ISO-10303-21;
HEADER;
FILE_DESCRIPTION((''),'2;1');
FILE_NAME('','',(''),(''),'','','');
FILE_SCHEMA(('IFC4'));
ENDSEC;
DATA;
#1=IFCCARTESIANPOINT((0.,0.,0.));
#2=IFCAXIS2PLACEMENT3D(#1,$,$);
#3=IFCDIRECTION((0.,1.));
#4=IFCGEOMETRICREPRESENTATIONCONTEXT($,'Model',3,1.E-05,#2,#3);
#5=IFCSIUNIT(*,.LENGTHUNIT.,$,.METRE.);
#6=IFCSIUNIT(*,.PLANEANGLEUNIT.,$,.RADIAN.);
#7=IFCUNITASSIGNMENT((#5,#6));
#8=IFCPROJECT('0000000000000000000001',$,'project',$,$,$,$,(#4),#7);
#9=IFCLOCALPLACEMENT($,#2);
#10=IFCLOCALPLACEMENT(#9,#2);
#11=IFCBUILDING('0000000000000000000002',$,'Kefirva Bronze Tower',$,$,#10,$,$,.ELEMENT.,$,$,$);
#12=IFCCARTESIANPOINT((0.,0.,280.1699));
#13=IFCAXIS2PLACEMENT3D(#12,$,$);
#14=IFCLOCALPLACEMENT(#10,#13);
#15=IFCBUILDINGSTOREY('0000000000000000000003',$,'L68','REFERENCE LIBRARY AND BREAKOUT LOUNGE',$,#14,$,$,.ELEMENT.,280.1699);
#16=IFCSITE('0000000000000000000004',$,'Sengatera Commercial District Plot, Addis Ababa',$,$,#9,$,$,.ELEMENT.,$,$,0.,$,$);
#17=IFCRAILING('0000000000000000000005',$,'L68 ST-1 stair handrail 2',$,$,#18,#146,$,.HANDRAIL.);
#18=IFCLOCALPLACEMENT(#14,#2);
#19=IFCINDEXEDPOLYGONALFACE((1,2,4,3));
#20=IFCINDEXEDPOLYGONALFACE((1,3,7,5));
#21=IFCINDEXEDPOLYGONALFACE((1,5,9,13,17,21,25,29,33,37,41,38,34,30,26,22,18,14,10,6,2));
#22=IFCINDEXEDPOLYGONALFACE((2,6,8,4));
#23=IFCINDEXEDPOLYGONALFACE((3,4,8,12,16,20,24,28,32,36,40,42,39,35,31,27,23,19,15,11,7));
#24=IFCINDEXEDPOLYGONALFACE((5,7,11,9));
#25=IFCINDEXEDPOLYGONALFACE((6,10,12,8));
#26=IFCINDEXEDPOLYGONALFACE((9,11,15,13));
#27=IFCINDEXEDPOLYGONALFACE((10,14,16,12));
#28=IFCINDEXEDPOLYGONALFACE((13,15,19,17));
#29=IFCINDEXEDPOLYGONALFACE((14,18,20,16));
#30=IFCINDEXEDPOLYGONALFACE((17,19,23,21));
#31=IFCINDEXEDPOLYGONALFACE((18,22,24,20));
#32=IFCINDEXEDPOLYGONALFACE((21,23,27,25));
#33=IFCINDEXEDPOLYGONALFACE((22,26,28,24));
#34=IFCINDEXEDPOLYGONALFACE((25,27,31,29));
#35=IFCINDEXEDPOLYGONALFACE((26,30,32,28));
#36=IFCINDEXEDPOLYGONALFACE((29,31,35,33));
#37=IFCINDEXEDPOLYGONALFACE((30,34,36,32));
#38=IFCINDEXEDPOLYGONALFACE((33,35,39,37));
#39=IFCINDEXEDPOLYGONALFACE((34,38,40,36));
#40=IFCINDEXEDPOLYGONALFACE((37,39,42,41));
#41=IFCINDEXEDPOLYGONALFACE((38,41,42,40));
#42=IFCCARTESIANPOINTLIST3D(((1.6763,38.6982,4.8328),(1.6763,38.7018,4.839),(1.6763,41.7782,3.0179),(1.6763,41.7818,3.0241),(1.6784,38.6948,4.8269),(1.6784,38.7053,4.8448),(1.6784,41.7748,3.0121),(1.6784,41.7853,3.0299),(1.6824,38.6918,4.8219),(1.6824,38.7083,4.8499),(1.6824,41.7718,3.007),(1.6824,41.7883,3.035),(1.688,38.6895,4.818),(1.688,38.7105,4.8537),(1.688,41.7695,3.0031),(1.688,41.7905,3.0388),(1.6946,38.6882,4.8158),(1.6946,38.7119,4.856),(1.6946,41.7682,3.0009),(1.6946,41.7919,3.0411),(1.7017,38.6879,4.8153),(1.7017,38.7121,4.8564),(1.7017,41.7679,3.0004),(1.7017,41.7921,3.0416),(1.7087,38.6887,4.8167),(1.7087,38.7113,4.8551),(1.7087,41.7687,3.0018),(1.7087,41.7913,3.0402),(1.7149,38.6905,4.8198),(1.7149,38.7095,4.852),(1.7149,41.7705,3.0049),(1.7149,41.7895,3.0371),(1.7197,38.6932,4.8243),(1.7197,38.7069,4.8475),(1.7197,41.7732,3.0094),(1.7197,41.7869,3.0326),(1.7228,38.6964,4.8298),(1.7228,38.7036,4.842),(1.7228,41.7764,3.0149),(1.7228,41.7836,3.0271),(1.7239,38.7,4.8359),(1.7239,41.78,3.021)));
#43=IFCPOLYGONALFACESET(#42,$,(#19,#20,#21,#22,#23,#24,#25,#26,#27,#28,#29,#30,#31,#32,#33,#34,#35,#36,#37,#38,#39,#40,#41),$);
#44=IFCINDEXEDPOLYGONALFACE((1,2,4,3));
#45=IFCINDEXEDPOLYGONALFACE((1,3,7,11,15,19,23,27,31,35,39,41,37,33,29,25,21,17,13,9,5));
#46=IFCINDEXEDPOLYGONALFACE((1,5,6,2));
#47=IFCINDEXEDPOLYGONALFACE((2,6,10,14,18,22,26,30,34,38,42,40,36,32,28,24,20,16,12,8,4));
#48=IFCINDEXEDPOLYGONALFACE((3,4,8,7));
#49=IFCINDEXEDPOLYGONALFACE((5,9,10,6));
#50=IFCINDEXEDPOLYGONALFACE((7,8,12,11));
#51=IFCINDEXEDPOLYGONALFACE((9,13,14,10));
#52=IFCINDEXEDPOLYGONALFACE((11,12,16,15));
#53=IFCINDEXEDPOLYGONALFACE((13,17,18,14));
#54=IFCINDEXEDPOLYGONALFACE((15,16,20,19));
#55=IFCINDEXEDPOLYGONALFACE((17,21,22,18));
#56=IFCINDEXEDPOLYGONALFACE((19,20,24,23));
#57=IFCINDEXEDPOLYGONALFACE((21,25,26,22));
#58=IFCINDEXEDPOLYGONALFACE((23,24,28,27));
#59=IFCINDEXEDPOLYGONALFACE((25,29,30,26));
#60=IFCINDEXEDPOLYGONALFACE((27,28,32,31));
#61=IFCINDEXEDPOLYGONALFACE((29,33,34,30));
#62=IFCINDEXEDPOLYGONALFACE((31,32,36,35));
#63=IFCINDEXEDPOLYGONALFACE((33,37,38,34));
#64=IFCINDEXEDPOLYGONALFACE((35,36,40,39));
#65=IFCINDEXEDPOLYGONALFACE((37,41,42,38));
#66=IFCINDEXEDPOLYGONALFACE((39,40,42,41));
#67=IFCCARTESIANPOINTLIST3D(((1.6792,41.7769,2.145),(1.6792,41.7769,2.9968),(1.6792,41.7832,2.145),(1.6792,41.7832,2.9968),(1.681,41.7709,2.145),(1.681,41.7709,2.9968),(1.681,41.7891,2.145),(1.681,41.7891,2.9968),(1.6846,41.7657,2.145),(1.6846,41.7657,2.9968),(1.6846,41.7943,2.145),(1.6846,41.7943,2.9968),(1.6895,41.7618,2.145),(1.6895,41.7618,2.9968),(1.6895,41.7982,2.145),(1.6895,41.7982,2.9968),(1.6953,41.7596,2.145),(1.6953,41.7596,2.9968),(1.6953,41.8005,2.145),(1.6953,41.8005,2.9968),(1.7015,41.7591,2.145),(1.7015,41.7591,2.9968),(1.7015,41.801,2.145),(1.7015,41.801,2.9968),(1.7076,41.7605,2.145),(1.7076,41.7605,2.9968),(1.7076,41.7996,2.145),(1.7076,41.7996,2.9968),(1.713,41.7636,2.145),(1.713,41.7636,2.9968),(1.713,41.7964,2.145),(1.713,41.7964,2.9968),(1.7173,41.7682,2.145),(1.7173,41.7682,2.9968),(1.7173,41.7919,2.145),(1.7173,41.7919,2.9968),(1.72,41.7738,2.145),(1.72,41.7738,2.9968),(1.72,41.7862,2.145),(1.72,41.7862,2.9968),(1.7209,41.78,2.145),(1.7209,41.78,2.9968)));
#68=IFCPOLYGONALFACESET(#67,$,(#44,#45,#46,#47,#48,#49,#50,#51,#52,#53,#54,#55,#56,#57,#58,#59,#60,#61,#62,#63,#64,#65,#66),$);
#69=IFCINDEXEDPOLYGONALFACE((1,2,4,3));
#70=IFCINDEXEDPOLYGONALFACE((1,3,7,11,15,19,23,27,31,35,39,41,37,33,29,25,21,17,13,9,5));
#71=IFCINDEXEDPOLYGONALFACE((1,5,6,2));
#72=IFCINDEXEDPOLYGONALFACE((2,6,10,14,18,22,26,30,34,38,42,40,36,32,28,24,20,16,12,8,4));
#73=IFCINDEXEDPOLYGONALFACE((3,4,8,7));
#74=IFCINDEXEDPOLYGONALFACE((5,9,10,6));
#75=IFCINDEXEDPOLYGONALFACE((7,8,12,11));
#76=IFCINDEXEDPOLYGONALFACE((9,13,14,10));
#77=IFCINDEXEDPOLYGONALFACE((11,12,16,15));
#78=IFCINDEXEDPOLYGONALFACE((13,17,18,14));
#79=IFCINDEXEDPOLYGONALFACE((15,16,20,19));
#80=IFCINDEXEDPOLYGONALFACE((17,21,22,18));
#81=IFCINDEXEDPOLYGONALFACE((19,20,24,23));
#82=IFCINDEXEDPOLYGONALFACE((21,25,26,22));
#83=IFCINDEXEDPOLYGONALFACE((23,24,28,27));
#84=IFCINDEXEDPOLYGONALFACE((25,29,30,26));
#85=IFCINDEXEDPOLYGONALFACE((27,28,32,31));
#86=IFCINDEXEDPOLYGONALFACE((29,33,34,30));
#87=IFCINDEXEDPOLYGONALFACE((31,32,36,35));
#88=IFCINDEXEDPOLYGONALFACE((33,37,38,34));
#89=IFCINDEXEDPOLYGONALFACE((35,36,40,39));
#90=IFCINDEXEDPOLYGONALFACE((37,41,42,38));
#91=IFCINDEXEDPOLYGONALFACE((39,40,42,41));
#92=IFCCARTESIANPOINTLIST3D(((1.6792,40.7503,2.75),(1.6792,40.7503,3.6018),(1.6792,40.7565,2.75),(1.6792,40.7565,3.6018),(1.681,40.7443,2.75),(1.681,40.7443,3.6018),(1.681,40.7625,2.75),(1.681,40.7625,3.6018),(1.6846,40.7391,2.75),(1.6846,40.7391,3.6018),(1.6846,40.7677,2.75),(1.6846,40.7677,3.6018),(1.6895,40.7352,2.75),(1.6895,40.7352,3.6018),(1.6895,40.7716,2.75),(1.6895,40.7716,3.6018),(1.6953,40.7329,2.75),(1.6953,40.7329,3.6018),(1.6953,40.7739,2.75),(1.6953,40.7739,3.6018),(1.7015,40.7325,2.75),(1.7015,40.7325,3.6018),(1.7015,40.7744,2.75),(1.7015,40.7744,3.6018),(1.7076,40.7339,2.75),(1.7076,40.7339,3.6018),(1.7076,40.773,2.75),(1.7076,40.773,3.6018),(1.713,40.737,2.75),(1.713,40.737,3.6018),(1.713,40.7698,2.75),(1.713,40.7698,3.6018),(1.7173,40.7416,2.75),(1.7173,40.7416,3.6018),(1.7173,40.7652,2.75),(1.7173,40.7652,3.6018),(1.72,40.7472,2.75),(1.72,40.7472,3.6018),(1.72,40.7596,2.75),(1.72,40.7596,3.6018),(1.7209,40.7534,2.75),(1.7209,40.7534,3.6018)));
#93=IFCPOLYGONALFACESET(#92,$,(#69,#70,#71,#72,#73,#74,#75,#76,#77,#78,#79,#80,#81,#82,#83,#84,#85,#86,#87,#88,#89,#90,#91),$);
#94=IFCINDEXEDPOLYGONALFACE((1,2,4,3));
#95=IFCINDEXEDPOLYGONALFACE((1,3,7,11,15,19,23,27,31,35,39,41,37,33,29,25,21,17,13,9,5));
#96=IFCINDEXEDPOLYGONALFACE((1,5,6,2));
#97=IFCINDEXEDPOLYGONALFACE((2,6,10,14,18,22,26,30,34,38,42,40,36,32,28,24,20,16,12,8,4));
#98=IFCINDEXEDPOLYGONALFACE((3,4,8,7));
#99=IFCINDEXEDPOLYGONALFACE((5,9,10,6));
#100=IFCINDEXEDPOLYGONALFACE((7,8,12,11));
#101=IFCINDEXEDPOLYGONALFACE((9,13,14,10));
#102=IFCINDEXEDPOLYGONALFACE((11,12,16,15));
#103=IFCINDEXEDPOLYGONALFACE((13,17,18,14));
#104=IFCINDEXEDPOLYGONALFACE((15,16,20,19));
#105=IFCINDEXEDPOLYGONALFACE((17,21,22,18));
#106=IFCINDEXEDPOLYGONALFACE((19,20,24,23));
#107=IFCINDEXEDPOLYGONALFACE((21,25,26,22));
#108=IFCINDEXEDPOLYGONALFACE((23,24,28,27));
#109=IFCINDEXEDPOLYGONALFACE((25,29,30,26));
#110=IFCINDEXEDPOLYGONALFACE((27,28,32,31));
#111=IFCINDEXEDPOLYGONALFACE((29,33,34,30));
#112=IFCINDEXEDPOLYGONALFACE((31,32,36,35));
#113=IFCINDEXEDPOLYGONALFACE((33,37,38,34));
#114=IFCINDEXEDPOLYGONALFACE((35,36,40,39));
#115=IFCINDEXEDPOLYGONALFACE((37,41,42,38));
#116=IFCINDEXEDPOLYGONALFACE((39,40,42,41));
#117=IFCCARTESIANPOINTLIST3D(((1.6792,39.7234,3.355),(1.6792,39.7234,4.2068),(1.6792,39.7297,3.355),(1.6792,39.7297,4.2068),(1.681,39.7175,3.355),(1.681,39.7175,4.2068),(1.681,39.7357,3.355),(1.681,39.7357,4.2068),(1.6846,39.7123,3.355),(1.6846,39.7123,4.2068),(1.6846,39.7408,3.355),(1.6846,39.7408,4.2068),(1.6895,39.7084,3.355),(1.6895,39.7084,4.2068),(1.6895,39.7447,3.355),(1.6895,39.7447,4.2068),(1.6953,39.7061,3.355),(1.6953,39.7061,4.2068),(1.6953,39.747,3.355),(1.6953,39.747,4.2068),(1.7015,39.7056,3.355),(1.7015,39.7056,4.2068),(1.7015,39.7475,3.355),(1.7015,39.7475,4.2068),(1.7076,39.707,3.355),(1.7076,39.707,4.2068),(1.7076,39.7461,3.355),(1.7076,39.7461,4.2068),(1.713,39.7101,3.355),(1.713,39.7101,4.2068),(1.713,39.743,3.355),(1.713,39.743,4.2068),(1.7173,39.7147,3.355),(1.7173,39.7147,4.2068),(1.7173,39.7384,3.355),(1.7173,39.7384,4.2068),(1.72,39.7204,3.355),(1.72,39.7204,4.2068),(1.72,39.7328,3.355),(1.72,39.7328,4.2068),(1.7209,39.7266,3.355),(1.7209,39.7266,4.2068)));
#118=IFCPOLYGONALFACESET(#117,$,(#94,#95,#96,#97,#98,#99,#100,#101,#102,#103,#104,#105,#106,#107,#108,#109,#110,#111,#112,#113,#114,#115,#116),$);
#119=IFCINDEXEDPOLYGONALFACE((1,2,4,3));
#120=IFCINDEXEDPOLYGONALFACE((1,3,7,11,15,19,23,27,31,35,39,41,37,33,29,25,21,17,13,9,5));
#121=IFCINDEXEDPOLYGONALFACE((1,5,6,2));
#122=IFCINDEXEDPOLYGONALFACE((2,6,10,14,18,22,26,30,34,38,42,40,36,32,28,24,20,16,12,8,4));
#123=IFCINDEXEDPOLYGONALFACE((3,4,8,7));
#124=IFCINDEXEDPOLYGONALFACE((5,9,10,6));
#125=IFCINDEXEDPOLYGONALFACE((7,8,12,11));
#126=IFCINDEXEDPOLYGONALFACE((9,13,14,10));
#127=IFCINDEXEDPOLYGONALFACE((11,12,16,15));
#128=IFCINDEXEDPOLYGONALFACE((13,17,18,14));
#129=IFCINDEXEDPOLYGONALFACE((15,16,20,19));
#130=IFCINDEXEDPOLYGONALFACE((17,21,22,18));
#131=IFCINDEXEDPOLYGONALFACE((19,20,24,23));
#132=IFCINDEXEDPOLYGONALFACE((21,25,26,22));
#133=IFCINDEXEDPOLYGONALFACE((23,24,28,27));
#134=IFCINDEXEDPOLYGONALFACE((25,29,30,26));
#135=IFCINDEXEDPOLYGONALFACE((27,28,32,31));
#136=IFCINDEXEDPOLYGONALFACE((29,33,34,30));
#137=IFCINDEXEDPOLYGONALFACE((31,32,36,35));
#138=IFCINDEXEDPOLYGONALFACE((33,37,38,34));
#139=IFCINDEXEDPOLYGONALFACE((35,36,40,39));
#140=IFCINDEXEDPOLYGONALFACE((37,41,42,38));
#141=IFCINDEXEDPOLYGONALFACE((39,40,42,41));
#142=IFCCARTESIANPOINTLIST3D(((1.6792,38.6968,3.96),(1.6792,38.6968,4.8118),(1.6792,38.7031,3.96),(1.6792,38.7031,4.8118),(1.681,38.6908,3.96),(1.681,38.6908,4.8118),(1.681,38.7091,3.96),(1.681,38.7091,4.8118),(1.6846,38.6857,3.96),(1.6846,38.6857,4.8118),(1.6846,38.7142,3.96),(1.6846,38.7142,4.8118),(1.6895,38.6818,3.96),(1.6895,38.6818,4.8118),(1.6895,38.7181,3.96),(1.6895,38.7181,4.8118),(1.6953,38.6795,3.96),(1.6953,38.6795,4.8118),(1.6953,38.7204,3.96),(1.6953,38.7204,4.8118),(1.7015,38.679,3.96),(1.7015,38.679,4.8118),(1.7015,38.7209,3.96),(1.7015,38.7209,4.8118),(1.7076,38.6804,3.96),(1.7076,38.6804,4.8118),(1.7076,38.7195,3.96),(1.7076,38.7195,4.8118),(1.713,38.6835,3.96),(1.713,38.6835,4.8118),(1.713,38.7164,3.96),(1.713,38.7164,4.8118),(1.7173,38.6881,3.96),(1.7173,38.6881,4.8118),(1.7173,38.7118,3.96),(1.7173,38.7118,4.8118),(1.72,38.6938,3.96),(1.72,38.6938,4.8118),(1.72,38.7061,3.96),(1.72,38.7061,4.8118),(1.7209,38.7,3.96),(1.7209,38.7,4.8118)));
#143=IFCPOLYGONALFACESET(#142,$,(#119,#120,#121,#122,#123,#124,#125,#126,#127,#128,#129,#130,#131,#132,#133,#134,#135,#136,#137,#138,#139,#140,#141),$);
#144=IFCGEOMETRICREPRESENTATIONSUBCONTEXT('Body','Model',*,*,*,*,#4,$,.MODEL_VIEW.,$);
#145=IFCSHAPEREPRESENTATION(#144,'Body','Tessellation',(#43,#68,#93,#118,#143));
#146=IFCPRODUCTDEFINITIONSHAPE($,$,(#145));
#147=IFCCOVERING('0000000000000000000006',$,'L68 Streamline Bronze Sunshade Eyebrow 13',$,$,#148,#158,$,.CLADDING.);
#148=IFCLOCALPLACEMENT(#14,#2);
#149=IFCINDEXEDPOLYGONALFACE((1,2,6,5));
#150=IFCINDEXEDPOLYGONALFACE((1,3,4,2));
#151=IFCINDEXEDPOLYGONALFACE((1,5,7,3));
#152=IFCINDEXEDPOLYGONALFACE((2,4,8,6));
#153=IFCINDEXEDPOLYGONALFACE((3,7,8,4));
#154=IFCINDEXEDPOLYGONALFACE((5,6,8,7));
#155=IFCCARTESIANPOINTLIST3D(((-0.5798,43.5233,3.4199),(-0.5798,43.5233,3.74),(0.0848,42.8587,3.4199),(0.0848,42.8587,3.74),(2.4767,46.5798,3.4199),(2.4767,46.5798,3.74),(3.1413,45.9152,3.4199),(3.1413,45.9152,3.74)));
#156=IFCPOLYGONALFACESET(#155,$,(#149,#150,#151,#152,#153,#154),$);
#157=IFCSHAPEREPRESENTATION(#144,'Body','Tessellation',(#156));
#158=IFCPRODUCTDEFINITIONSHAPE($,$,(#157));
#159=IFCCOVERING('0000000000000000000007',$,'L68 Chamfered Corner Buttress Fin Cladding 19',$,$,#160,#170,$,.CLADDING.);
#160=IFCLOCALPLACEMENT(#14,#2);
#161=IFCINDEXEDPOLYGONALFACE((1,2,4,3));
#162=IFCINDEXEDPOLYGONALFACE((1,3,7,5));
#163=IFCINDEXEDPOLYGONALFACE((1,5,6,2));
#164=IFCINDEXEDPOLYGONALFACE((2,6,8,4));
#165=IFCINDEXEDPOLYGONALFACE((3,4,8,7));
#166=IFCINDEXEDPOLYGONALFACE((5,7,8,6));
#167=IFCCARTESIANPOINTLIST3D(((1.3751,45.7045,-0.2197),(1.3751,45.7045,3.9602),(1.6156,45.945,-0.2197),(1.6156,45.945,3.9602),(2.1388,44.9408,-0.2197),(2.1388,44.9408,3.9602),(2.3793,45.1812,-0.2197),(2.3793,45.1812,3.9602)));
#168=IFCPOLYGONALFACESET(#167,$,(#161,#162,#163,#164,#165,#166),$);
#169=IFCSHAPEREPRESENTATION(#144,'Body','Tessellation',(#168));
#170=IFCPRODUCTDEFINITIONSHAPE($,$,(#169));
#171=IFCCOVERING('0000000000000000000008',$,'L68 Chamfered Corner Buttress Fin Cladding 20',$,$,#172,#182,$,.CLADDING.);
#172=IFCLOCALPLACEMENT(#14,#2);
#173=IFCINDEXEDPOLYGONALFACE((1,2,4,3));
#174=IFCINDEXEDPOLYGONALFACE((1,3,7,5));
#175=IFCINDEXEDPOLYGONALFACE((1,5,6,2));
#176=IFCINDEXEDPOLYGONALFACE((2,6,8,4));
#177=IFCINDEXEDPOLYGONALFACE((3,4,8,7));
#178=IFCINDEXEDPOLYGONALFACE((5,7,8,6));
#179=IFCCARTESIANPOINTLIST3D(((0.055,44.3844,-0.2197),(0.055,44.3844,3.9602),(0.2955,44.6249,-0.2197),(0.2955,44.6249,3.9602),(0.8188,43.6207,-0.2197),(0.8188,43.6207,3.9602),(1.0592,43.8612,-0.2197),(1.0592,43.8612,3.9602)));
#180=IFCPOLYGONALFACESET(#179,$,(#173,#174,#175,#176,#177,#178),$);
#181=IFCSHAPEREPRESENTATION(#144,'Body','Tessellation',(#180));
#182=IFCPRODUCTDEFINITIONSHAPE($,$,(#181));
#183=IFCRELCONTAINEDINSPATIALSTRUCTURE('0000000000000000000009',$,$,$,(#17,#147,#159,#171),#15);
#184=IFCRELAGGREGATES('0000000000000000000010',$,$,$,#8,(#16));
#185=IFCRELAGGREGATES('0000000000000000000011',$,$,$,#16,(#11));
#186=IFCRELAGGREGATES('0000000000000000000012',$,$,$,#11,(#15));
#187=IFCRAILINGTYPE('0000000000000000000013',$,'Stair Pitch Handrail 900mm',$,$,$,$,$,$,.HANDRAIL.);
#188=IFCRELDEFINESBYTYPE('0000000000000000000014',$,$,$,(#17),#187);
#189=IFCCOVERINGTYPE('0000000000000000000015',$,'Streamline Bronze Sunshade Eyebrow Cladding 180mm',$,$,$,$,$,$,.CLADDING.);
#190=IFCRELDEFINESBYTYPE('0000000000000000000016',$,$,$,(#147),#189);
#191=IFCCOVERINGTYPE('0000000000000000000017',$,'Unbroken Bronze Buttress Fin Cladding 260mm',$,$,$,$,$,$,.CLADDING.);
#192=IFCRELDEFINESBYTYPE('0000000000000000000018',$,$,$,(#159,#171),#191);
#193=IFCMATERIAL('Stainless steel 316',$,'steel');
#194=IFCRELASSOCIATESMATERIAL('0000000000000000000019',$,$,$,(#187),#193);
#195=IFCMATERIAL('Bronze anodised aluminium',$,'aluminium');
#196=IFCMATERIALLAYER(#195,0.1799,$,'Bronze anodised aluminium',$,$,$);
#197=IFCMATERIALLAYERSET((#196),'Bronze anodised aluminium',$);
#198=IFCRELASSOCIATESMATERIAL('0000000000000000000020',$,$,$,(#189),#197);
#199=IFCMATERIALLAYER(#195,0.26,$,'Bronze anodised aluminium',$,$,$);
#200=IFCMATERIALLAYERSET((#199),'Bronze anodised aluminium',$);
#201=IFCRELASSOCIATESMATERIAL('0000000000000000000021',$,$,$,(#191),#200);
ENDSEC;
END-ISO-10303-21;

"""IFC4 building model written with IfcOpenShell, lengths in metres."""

from ifc_helpers import new_model, si_unit, direction, frame, origin, origin_2d, place, context, subcontext, project, spatial, rectangle, circle, extrude, material, layer, layer_set, type_object, element, save


model = new_model("IFC4")

# Units and contexts
model_context = context("Model", 3, precision=1e-05, world=origin(), true_north=direction((0.0, 1.0)))
body_context = subcontext(model_context, "Body", "Model", "MODEL_VIEW")
ifc_project = project(units=[si_unit("LENGTHUNIT", "METRE"), si_unit("PLANEANGLEUNIT", "RADIAN")], contexts=[model_context])

# Site, building, storey
site_placement = place(None, origin())
site = spatial("IfcSite", under=ifc_project, at=site_placement, Name="Sengatera Commercial District Plot, Addis Ababa", CompositionType="ELEMENT", RefElevation=0.0)
building_placement = place(site_placement, origin())
building = spatial("IfcBuilding", under=site, at=building_placement, Name="Kefirva Bronze Tower", CompositionType="ELEMENT")
storey_placement = place(building_placement, frame((0.0, 0.0, 280.1699)))
storey = spatial("IfcBuildingStorey", under=building, at=storey_placement, Name="L68", Description="REFERENCE LIBRARY AND BREAKOUT LOUNGE", CompositionType="ELEMENT", Elevation=280.1699)

# Shared definitions
ifc_material_1 = material(Name="Bronze anodised aluminium", Category="aluminium")

# Railing
ifc_material_2 = material(Name="Stainless steel 316", Category="steel")
railing_type_1 = type_object("IfcRailingType", Name="Stair Pitch Handrail 900mm", PredefinedType="HANDRAIL", material=ifc_material_2)
railing_1_placement = place(storey_placement, frame((1.7, 41.78, 2.145)))
element("IfcRailing", 1, at=railing_1_placement, inside=storey, type_object=railing_type_1, Name="L68 ST-1 stair handrail 2", PredefinedType="HANDRAIL", context=body_context, shape_type="SweptSolid", body=[
    extrude(circle(Radius=0.0239, at=origin_2d()), frame((0.0, 0.0, 0.876), z_axis=(0.0, -0.861551, 0.507671), x_axis=(1.0, 0.0, 0.0)), (0.0, 0.0, 1.0), 3.575),
    extrude(circle(Radius=0.021, at=origin_2d()), origin(), (0.0, 0.0, 1.0), 0.8518),
    extrude(circle(Radius=0.021, at=origin_2d()), frame((0.0, -1.0266, 0.605)), (0.0, 0.0, 1.0), 0.8518),
    extrude(circle(Radius=0.021, at=origin_2d()), frame((0.0, -2.0535, 1.21)), (0.0, 0.0, 1.0), 0.8518),
    extrude(circle(Radius=0.021, at=origin_2d()), frame((0.0, -3.0801, 1.8149)), (0.0, 0.0, 1.0), 0.8518),
])

# Coverings
ifc_layer_1 = layer(ifc_material_1, 0.1799, Name="Bronze anodised aluminium")
ifc_layer_set_1 = layer_set([ifc_layer_1], Name="Bronze anodised aluminium")
covering_type_1 = type_object("IfcCoveringType", Name="Streamline Bronze Sunshade Eyebrow Cladding 180mm", PredefinedType="CLADDING", material=ifc_layer_set_1)
covering_1_placement = place(storey_placement, frame((1.2808, 44.7192, 3.4199), z_axis=(0.0, 0.0, 1.0), x_axis=(-0.707107, -0.707107, 0.0)))
element("IfcCovering", 2, at=covering_1_placement, inside=storey, type_object=covering_type_1, Name="L68 Streamline Bronze Sunshade Eyebrow 13", PredefinedType="CLADDING", context=body_context, shape_type="SweptSolid", body=[
    extrude(rectangle(XDim=4.3225, YDim=0.9399, at=origin_2d()), origin(), (0.0, 0.0, 1.0), 0.3201),
])
ifc_layer_2 = layer(ifc_material_1, 0.26, Name="Bronze anodised aluminium")
ifc_layer_set_2 = layer_set([ifc_layer_2], Name="Bronze anodised aluminium")
covering_type_2 = type_object("IfcCoveringType", Name="Unbroken Bronze Buttress Fin Cladding 260mm", PredefinedType="CLADDING", material=ifc_layer_set_2)
for number, where, z_axis, x_axis, name in (
    (3, (1.8772, 45.4429, -0.2197), (0.0, 0.0, 1.0), (-0.707107, -0.707107, 0.0), "L68 Chamfered Corner Buttress Fin Cladding 19"),
    (4, (0.5571, 44.1228, -0.2197), (0.0, 0.0, 1.0), (-0.707107, -0.707107, 0.0), "L68 Chamfered Corner Buttress Fin Cladding 20"),
):
    element("IfcCovering", number, at=place(storey_placement, frame(where, z_axis=z_axis, x_axis=x_axis)), inside=storey, type_object=covering_type_2, Name=name, PredefinedType="CLADDING", context=body_context, shape_type="SweptSolid", body=[
        extrude(rectangle(XDim=0.3401, YDim=1.0801, at=origin_2d()), origin(), (0.0, 0.0, 1.0), 4.1799),
    ])

save(model, "model.ifc")
